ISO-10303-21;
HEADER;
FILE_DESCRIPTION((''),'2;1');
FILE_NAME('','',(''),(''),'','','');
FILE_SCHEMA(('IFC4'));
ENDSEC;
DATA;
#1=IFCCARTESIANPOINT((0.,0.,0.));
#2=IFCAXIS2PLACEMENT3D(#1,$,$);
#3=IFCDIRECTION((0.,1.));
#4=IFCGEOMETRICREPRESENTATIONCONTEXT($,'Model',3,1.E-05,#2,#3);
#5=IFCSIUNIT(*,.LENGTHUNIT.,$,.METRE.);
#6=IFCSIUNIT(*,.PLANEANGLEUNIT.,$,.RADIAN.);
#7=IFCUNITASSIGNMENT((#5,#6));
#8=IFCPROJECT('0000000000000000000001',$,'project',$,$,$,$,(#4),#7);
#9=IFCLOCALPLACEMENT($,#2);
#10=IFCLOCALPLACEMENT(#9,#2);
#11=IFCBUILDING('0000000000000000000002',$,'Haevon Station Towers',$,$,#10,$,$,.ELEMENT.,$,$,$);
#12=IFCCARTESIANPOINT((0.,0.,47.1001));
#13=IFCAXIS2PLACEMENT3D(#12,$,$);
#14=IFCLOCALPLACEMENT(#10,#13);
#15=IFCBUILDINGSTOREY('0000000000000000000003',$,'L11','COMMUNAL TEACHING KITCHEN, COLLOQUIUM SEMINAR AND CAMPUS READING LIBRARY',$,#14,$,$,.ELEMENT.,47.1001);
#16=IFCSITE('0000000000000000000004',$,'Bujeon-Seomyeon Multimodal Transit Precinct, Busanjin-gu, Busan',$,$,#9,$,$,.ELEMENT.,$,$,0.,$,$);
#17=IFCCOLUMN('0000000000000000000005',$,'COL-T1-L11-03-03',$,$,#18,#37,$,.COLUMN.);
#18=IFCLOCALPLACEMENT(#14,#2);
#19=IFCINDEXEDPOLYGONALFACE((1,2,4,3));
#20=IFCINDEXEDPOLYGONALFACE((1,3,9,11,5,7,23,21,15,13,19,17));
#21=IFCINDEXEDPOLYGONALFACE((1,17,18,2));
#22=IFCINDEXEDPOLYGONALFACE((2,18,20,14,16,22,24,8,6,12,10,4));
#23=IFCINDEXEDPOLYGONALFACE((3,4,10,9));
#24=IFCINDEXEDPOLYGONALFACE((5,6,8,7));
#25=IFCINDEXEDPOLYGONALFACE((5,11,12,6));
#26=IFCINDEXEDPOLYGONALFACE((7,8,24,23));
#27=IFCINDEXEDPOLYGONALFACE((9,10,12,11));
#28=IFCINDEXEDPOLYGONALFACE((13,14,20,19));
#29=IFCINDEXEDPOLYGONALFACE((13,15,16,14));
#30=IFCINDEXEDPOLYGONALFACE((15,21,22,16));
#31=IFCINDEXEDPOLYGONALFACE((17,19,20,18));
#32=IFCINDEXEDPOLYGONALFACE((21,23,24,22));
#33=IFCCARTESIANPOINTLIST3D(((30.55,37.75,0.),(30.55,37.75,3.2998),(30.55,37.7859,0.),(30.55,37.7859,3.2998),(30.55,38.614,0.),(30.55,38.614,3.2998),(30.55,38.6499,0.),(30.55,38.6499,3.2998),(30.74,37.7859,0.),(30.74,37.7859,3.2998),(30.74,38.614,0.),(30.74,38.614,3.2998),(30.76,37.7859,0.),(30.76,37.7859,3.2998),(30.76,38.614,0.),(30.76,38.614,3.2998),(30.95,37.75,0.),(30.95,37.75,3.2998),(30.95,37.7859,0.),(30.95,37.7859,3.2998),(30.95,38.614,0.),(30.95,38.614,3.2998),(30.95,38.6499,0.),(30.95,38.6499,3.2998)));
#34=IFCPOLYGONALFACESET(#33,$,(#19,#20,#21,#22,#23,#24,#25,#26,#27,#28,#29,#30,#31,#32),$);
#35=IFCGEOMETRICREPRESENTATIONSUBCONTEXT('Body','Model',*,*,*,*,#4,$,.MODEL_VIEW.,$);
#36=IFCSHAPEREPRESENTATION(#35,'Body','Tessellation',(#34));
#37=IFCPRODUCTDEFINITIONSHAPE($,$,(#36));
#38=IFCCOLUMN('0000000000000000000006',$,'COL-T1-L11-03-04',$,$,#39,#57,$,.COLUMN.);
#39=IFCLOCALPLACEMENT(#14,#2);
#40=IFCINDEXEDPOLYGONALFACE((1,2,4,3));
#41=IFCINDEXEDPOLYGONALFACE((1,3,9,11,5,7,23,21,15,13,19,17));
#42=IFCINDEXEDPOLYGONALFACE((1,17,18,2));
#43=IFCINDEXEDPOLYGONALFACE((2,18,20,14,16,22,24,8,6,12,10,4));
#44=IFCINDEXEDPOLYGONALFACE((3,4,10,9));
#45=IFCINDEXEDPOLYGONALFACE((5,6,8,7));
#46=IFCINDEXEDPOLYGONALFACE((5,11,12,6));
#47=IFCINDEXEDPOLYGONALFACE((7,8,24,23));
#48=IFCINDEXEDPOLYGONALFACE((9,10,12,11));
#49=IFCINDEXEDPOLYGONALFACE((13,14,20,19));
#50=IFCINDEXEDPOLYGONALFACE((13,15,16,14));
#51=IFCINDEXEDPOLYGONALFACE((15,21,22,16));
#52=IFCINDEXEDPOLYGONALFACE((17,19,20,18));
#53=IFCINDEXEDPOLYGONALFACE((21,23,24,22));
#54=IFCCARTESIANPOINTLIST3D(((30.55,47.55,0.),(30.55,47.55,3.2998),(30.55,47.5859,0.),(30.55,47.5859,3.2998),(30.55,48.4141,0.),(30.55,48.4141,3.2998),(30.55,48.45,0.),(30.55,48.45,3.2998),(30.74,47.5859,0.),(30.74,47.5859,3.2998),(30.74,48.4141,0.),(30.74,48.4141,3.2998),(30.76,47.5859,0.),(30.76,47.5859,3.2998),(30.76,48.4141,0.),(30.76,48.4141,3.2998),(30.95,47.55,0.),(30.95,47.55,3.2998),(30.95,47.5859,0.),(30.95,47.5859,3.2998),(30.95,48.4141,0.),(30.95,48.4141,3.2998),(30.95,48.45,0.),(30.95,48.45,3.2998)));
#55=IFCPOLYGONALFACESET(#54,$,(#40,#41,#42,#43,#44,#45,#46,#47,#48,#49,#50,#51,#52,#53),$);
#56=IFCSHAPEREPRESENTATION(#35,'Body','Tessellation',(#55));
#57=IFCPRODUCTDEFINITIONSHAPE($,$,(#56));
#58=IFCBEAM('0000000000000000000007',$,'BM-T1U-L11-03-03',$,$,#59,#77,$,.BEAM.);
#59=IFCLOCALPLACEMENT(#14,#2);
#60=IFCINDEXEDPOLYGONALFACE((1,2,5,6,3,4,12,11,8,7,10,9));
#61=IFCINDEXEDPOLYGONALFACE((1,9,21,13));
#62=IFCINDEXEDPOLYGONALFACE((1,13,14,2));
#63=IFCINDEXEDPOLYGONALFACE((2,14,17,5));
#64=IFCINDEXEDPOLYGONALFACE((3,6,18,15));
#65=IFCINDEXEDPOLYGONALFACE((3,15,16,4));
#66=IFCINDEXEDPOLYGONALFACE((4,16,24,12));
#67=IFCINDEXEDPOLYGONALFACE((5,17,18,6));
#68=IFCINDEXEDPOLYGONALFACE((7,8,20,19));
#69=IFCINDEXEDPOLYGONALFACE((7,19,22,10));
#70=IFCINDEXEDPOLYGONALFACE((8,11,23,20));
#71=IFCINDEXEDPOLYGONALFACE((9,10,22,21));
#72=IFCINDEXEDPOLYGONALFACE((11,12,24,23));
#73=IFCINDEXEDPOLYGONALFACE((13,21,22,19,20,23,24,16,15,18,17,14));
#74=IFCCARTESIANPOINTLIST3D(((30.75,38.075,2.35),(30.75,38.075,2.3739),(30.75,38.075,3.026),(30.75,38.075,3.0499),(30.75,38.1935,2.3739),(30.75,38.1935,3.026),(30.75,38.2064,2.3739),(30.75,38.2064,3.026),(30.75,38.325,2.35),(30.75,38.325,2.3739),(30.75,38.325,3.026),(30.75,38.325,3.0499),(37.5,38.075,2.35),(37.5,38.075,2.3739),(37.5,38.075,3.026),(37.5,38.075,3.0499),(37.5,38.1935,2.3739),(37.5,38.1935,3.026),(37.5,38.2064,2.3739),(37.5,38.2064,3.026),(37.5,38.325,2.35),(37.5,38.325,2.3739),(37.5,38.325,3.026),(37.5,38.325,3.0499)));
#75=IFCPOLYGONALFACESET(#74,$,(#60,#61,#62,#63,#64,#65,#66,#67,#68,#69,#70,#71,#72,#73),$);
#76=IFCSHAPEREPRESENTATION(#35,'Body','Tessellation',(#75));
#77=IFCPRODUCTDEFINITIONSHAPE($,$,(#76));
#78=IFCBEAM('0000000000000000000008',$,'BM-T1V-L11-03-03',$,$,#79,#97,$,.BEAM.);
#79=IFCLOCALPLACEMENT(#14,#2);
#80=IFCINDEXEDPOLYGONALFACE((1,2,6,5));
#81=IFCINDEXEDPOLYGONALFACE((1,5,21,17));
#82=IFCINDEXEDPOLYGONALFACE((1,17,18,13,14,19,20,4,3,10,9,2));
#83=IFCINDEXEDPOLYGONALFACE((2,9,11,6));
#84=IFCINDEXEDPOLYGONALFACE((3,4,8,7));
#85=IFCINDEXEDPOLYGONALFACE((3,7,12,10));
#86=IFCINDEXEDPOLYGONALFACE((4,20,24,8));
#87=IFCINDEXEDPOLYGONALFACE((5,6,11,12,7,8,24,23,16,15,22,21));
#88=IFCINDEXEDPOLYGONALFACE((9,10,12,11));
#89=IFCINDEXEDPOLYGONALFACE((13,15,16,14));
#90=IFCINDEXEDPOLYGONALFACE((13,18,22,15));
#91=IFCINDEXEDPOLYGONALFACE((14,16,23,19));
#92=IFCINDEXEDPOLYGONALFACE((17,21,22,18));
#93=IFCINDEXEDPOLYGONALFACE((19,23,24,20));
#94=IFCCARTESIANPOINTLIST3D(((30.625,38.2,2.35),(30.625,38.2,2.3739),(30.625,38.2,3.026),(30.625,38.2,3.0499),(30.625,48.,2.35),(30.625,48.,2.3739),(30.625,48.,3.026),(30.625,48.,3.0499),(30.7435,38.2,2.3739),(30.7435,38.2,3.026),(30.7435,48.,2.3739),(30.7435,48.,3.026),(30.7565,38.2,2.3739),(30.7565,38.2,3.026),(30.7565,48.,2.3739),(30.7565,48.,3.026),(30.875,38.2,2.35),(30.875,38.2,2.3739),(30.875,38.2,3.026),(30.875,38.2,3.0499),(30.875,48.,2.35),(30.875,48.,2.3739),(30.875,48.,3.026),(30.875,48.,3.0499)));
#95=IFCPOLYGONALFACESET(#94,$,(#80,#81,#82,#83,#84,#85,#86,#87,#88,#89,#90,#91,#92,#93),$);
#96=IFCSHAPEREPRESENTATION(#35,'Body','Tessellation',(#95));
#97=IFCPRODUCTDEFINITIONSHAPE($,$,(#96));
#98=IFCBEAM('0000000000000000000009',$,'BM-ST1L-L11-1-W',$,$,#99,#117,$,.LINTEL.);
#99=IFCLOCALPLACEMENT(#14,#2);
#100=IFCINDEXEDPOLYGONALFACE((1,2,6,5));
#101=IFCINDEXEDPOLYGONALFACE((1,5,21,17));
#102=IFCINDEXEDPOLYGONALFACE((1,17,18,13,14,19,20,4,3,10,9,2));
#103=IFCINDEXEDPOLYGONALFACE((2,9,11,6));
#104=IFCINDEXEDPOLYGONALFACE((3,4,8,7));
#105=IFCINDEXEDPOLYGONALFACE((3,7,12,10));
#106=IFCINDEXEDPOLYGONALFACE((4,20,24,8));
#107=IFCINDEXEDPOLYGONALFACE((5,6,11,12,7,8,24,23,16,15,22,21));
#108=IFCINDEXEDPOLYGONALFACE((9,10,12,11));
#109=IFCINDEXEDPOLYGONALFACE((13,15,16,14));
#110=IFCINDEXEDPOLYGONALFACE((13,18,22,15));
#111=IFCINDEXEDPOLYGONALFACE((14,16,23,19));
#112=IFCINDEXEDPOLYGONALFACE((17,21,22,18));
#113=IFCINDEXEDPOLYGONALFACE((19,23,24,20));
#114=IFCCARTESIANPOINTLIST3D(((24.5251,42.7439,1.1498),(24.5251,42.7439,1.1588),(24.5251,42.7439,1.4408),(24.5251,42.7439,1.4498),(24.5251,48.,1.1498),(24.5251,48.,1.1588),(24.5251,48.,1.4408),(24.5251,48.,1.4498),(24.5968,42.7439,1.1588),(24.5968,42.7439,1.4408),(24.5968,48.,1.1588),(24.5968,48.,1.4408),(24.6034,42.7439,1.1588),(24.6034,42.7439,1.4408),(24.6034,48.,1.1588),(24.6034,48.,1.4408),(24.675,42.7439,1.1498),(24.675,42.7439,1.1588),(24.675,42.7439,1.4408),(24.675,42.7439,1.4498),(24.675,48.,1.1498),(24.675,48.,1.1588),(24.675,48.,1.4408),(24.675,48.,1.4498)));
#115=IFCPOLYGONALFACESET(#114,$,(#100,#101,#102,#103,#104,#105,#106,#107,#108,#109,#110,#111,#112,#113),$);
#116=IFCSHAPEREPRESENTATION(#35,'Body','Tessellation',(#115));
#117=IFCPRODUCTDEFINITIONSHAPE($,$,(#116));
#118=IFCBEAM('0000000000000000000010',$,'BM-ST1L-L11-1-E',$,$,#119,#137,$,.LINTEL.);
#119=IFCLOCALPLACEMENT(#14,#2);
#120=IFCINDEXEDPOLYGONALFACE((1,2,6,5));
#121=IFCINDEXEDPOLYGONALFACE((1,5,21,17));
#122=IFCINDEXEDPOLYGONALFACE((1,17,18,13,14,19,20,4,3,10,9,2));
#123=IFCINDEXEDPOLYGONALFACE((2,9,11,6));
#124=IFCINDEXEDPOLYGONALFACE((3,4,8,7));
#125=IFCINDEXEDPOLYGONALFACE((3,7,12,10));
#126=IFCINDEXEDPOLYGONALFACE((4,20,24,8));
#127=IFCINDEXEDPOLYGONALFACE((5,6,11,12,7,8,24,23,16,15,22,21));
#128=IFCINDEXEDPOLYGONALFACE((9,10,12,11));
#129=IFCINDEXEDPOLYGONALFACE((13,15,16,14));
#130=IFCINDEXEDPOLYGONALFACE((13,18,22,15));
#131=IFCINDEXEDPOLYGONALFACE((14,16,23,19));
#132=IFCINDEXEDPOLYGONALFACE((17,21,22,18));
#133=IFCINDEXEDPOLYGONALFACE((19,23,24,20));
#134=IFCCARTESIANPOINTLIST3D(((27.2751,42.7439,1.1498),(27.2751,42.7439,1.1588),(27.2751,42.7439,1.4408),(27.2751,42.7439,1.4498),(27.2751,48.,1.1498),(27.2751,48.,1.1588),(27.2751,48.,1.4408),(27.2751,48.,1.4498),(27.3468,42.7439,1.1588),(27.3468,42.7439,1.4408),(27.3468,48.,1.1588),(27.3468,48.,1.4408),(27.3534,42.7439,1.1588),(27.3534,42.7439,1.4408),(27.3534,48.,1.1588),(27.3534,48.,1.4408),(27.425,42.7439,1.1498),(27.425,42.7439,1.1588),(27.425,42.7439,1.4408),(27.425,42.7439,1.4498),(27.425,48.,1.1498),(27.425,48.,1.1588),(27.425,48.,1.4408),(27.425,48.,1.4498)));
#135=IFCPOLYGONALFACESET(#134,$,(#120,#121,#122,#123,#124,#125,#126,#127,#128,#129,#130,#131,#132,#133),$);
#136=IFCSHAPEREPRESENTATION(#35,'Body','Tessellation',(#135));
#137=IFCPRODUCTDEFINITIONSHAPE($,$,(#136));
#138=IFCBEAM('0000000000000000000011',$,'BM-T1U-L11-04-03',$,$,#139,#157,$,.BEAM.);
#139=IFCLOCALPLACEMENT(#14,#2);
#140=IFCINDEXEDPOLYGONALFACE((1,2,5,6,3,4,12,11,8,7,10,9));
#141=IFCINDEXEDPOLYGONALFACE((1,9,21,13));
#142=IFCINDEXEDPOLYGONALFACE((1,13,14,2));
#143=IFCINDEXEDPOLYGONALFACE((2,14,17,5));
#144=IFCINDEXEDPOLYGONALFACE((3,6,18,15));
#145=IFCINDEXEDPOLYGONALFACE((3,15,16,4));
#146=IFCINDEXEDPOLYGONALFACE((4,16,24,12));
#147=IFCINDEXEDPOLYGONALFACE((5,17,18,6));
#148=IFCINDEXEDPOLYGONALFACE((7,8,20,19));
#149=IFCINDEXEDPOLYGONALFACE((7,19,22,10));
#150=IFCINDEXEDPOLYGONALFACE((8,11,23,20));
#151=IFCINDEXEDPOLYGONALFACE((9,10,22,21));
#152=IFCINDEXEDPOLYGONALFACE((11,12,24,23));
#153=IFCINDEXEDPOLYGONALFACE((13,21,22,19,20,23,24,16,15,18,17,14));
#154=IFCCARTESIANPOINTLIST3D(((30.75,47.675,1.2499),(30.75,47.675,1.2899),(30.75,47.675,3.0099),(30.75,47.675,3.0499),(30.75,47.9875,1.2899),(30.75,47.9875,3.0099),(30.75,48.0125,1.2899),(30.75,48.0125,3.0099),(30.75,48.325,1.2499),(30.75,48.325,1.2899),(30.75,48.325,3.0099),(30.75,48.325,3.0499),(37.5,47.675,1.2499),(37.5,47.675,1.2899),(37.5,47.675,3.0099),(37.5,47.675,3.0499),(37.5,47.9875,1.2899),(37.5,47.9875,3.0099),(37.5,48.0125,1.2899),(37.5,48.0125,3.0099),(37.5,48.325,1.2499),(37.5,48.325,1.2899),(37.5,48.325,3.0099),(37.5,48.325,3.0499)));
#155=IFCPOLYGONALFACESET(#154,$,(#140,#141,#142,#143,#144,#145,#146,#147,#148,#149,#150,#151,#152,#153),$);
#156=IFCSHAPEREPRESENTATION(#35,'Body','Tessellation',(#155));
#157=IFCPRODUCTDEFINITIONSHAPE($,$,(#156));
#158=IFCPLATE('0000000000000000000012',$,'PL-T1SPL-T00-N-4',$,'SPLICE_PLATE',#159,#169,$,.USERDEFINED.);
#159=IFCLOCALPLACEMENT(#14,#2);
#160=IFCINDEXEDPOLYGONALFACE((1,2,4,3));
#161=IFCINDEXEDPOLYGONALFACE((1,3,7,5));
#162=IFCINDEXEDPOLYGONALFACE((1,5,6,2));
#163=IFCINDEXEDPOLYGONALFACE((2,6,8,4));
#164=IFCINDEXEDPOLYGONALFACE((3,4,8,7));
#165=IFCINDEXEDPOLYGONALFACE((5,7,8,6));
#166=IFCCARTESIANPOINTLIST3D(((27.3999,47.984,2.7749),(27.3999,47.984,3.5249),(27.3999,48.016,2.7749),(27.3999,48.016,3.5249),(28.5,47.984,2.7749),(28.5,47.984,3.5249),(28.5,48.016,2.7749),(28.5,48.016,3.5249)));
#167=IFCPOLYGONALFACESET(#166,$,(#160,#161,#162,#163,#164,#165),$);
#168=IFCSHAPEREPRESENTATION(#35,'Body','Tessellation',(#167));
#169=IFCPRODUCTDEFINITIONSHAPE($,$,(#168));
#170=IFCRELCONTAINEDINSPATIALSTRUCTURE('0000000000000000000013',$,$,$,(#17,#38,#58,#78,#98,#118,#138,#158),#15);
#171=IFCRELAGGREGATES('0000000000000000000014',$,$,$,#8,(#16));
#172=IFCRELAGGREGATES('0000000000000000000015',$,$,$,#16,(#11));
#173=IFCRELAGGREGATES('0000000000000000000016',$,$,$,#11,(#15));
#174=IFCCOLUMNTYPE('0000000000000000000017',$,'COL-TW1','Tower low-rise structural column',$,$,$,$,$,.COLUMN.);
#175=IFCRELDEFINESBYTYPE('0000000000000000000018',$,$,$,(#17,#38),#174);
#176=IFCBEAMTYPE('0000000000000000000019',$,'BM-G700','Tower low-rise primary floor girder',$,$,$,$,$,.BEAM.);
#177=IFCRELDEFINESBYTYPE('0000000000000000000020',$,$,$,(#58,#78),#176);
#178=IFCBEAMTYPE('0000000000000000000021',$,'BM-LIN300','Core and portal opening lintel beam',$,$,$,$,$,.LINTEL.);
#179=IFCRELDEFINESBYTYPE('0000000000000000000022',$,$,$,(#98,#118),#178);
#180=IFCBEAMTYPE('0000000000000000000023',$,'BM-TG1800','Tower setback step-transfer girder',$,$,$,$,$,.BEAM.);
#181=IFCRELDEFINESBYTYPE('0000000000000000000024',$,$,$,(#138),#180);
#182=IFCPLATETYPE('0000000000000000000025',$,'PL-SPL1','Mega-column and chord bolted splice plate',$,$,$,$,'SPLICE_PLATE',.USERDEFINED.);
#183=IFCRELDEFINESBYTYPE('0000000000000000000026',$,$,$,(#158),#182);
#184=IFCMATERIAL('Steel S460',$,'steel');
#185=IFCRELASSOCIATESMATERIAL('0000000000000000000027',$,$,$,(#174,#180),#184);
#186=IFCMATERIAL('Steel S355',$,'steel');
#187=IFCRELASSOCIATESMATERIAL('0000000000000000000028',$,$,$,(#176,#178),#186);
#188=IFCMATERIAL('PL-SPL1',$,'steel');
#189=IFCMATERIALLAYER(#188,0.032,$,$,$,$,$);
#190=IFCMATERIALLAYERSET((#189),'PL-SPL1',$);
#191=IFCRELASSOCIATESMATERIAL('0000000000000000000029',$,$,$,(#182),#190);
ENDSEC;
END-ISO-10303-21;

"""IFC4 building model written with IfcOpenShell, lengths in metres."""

from ifc_helpers import new_model, si_unit, direction, frame, origin, origin_2d, place, context, subcontext, project, spatial, rectangle, i_section, extrude, material, layer, layer_set, material_profile, profile_set, type_object, element, save


model = new_model("IFC4")

# Units and contexts
model_context = context("Model", 3, precision=1e-05, world=origin(), true_north=direction((0.0, 1.0)))
body_context = subcontext(model_context, "Body", "Model", "MODEL_VIEW")
ifc_project = project(units=[si_unit("LENGTHUNIT", "METRE"), si_unit("PLANEANGLEUNIT", "RADIAN")], contexts=[model_context])

# Site, building, storey
site_placement = place(None, origin())
site = spatial("IfcSite", under=ifc_project, at=site_placement, Name="Bujeon-Seomyeon Multimodal Transit Precinct, Busanjin-gu, Busan", CompositionType="ELEMENT", RefElevation=0.0)
building_placement = place(site_placement, origin())
building = spatial("IfcBuilding", under=site, at=building_placement, Name="Haevon Station Towers", CompositionType="ELEMENT")
storey_placement = place(building_placement, frame((0.0, 0.0, 47.1001)))
storey = spatial("IfcBuildingStorey", under=building, at=storey_placement, Name="L11", Description="COMMUNAL TEACHING KITCHEN, COLLOQUIUM SEMINAR AND CAMPUS READING LIBRARY", CompositionType="ELEMENT", Elevation=47.1001)

# Columns
ifc_material_1 = material(Name="Steel S460", Category="steel")
ifc_material_profile_1 = material_profile(ifc_material_1, i_section(OverallWidth=0.3999, OverallDepth=0.8999, WebThickness=0.02, FlangeThickness=0.0359, at=origin_2d()), Name="H-900x400x20x36")
ifc_profile_set_1 = profile_set([ifc_material_profile_1], Name="Steel S460")
column_type = type_object("IfcColumnType", Name="COL-TW1", Description="Tower low-rise structural column", PredefinedType="COLUMN", material=ifc_profile_set_1)
for number, where, z_axis, x_axis, name in (
    (1, (30.75, 38.2, 0.0), (0.0, 0.0, 1.0), (1.0, 0.0, 0.0), "COL-T1-L11-03-03"),
    (2, (30.75, 48.0, 0.0), (0.0, 0.0, 1.0), (1.0, 0.0, 0.0), "COL-T1-L11-03-04"),
):
    element("IfcColumn", number, at=place(storey_placement, frame(where, z_axis=z_axis, x_axis=x_axis)), inside=storey, type_object=column_type, Name=name, PredefinedType="COLUMN", context=body_context, shape_type="SweptSolid", body=[
        extrude(i_section(OverallWidth=0.3999, OverallDepth=0.8999, WebThickness=0.02, FlangeThickness=0.0359, at=origin_2d()), origin(), (0.0, 0.0, 1.0), 3.2998),
    ])

# Beams
ifc_material_2 = material(Name="Steel S355", Category="steel")
ifc_material_profile_2 = material_profile(ifc_material_2, i_section(OverallWidth=0.25, OverallDepth=0.7, WebThickness=0.0129, FlangeThickness=0.0239, at=origin_2d()), Name="H-700x250x13x24")
ifc_profile_set_2 = profile_set([ifc_material_profile_2], Name="Steel S355")
beam_type_1 = type_object("IfcBeamType", Name="BM-G700", Description="Tower low-rise primary floor girder", PredefinedType="BEAM", material=ifc_profile_set_2)
beam_1_placement = place(storey_placement, frame((30.75, 38.2, 2.7), z_axis=(1.0, 0.0, 0.0), x_axis=(0.0, 1.0, 0.0)))
element("IfcBeam", 3, at=beam_1_placement, inside=storey, type_object=beam_type_1, Name="BM-T1U-L11-03-03", PredefinedType="BEAM", context=body_context, shape_type="SweptSolid", body=[
    extrude(i_section(OverallWidth=0.25, OverallDepth=0.7, WebThickness=0.0129, FlangeThickness=0.0239, at=origin_2d()), origin(), (0.0, 0.0, 1.0), 6.75),
])
beam_2_placement = place(storey_placement, frame((30.75, 38.2, 2.7), z_axis=(0.0, 1.0, 0.0), x_axis=(-1.0, 0.0, 0.0)))
element("IfcBeam", 4, at=beam_2_placement, inside=storey, type_object=beam_type_1, Name="BM-T1V-L11-03-03", PredefinedType="BEAM", context=body_context, shape_type="SweptSolid", body=[
    extrude(i_section(OverallWidth=0.25, OverallDepth=0.7, WebThickness=0.0129, FlangeThickness=0.0239, at=origin_2d()), origin(), (0.0, 0.0, 1.0), 9.8),
])
ifc_material_profile_3 = material_profile(ifc_material_2, i_section(OverallWidth=0.1499, OverallDepth=0.3, WebThickness=0.0066, FlangeThickness=0.009, at=origin_2d()), Name="H-300x150x6.5x9")
ifc_profile_set_3 = profile_set([ifc_material_profile_3], Name="Steel S355")
beam_type_2 = type_object("IfcBeamType", Name="BM-LIN300", Description="Core and portal opening lintel beam", PredefinedType="LINTEL", material=ifc_profile_set_3)
for number, where, z_axis, x_axis, name in (
    (5, (24.6001, 42.7439, 1.2998), (0.0, 1.0, 0.0), (-1.0, 0.0, 0.0), "BM-ST1L-L11-1-W"),
    (6, (27.3501, 42.7439, 1.2998), (0.0, 1.0, 0.0), (-1.0, 0.0, 0.0), "BM-ST1L-L11-1-E"),
):
    element("IfcBeam", number, at=place(storey_placement, frame(where, z_axis=z_axis, x_axis=x_axis)), inside=storey, type_object=beam_type_2, Name=name, PredefinedType="LINTEL", context=body_context, shape_type="SweptSolid", body=[
        extrude(i_section(OverallWidth=0.1499, OverallDepth=0.3, WebThickness=0.0066, FlangeThickness=0.009, at=origin_2d()), origin(), (0.0, 0.0, 1.0), 5.2561),
    ])
ifc_material_profile_4 = material_profile(ifc_material_1, i_section(OverallWidth=0.6499, OverallDepth=1.8, WebThickness=0.0249, FlangeThickness=0.04, at=origin_2d()), Name="H-1800x650x25x40")
ifc_profile_set_4 = profile_set([ifc_material_profile_4], Name="Steel S460")
beam_type_3 = type_object("IfcBeamType", Name="BM-TG1800", Description="Tower setback step-transfer girder", PredefinedType="BEAM", material=ifc_profile_set_4)
beam_3_placement = place(storey_placement, frame((30.75, 48.0, 2.1499), z_axis=(1.0, 0.0, 0.0), x_axis=(0.0, 1.0, 0.0)))
element("IfcBeam", 7, at=beam_3_placement, inside=storey, type_object=beam_type_3, Name="BM-T1U-L11-04-03", PredefinedType="BEAM", context=body_context, shape_type="SweptSolid", body=[
    extrude(i_section(OverallWidth=0.6499, OverallDepth=1.8, WebThickness=0.0249, FlangeThickness=0.04, at=origin_2d()), origin(), (0.0, 0.0, 1.0), 6.75),
])

# Plate
ifc_material_3 = material(Name="PL-SPL1", Category="steel")
ifc_layer_1 = layer(ifc_material_3, 0.032)
ifc_layer_set_1 = layer_set([ifc_layer_1], Name="PL-SPL1")
plate_type = type_object("IfcPlateType", Name="PL-SPL1", Description="Mega-column and chord bolted splice plate", ElementType="SPLICE_PLATE", PredefinedType="USERDEFINED", material=ifc_layer_set_1)
plate_placement = place(storey_placement, frame((27.95, 48.0, 2.7749), z_axis=(0.0, 0.0, 1.0), x_axis=(1.0, 0.0, 0.0)))
element("IfcPlate", 8, at=plate_placement, inside=storey, type_object=plate_type, Name="PL-T1SPL-T00-N-4", ObjectType="SPLICE_PLATE", PredefinedType="USERDEFINED", context=body_context, shape_type="SweptSolid", body=[
    extrude(rectangle(XDim=1.1001, YDim=0.032, at=origin_2d()), origin(), (0.0, 0.0, 1.0), 0.75),
])

save(model, "model.ifc")
